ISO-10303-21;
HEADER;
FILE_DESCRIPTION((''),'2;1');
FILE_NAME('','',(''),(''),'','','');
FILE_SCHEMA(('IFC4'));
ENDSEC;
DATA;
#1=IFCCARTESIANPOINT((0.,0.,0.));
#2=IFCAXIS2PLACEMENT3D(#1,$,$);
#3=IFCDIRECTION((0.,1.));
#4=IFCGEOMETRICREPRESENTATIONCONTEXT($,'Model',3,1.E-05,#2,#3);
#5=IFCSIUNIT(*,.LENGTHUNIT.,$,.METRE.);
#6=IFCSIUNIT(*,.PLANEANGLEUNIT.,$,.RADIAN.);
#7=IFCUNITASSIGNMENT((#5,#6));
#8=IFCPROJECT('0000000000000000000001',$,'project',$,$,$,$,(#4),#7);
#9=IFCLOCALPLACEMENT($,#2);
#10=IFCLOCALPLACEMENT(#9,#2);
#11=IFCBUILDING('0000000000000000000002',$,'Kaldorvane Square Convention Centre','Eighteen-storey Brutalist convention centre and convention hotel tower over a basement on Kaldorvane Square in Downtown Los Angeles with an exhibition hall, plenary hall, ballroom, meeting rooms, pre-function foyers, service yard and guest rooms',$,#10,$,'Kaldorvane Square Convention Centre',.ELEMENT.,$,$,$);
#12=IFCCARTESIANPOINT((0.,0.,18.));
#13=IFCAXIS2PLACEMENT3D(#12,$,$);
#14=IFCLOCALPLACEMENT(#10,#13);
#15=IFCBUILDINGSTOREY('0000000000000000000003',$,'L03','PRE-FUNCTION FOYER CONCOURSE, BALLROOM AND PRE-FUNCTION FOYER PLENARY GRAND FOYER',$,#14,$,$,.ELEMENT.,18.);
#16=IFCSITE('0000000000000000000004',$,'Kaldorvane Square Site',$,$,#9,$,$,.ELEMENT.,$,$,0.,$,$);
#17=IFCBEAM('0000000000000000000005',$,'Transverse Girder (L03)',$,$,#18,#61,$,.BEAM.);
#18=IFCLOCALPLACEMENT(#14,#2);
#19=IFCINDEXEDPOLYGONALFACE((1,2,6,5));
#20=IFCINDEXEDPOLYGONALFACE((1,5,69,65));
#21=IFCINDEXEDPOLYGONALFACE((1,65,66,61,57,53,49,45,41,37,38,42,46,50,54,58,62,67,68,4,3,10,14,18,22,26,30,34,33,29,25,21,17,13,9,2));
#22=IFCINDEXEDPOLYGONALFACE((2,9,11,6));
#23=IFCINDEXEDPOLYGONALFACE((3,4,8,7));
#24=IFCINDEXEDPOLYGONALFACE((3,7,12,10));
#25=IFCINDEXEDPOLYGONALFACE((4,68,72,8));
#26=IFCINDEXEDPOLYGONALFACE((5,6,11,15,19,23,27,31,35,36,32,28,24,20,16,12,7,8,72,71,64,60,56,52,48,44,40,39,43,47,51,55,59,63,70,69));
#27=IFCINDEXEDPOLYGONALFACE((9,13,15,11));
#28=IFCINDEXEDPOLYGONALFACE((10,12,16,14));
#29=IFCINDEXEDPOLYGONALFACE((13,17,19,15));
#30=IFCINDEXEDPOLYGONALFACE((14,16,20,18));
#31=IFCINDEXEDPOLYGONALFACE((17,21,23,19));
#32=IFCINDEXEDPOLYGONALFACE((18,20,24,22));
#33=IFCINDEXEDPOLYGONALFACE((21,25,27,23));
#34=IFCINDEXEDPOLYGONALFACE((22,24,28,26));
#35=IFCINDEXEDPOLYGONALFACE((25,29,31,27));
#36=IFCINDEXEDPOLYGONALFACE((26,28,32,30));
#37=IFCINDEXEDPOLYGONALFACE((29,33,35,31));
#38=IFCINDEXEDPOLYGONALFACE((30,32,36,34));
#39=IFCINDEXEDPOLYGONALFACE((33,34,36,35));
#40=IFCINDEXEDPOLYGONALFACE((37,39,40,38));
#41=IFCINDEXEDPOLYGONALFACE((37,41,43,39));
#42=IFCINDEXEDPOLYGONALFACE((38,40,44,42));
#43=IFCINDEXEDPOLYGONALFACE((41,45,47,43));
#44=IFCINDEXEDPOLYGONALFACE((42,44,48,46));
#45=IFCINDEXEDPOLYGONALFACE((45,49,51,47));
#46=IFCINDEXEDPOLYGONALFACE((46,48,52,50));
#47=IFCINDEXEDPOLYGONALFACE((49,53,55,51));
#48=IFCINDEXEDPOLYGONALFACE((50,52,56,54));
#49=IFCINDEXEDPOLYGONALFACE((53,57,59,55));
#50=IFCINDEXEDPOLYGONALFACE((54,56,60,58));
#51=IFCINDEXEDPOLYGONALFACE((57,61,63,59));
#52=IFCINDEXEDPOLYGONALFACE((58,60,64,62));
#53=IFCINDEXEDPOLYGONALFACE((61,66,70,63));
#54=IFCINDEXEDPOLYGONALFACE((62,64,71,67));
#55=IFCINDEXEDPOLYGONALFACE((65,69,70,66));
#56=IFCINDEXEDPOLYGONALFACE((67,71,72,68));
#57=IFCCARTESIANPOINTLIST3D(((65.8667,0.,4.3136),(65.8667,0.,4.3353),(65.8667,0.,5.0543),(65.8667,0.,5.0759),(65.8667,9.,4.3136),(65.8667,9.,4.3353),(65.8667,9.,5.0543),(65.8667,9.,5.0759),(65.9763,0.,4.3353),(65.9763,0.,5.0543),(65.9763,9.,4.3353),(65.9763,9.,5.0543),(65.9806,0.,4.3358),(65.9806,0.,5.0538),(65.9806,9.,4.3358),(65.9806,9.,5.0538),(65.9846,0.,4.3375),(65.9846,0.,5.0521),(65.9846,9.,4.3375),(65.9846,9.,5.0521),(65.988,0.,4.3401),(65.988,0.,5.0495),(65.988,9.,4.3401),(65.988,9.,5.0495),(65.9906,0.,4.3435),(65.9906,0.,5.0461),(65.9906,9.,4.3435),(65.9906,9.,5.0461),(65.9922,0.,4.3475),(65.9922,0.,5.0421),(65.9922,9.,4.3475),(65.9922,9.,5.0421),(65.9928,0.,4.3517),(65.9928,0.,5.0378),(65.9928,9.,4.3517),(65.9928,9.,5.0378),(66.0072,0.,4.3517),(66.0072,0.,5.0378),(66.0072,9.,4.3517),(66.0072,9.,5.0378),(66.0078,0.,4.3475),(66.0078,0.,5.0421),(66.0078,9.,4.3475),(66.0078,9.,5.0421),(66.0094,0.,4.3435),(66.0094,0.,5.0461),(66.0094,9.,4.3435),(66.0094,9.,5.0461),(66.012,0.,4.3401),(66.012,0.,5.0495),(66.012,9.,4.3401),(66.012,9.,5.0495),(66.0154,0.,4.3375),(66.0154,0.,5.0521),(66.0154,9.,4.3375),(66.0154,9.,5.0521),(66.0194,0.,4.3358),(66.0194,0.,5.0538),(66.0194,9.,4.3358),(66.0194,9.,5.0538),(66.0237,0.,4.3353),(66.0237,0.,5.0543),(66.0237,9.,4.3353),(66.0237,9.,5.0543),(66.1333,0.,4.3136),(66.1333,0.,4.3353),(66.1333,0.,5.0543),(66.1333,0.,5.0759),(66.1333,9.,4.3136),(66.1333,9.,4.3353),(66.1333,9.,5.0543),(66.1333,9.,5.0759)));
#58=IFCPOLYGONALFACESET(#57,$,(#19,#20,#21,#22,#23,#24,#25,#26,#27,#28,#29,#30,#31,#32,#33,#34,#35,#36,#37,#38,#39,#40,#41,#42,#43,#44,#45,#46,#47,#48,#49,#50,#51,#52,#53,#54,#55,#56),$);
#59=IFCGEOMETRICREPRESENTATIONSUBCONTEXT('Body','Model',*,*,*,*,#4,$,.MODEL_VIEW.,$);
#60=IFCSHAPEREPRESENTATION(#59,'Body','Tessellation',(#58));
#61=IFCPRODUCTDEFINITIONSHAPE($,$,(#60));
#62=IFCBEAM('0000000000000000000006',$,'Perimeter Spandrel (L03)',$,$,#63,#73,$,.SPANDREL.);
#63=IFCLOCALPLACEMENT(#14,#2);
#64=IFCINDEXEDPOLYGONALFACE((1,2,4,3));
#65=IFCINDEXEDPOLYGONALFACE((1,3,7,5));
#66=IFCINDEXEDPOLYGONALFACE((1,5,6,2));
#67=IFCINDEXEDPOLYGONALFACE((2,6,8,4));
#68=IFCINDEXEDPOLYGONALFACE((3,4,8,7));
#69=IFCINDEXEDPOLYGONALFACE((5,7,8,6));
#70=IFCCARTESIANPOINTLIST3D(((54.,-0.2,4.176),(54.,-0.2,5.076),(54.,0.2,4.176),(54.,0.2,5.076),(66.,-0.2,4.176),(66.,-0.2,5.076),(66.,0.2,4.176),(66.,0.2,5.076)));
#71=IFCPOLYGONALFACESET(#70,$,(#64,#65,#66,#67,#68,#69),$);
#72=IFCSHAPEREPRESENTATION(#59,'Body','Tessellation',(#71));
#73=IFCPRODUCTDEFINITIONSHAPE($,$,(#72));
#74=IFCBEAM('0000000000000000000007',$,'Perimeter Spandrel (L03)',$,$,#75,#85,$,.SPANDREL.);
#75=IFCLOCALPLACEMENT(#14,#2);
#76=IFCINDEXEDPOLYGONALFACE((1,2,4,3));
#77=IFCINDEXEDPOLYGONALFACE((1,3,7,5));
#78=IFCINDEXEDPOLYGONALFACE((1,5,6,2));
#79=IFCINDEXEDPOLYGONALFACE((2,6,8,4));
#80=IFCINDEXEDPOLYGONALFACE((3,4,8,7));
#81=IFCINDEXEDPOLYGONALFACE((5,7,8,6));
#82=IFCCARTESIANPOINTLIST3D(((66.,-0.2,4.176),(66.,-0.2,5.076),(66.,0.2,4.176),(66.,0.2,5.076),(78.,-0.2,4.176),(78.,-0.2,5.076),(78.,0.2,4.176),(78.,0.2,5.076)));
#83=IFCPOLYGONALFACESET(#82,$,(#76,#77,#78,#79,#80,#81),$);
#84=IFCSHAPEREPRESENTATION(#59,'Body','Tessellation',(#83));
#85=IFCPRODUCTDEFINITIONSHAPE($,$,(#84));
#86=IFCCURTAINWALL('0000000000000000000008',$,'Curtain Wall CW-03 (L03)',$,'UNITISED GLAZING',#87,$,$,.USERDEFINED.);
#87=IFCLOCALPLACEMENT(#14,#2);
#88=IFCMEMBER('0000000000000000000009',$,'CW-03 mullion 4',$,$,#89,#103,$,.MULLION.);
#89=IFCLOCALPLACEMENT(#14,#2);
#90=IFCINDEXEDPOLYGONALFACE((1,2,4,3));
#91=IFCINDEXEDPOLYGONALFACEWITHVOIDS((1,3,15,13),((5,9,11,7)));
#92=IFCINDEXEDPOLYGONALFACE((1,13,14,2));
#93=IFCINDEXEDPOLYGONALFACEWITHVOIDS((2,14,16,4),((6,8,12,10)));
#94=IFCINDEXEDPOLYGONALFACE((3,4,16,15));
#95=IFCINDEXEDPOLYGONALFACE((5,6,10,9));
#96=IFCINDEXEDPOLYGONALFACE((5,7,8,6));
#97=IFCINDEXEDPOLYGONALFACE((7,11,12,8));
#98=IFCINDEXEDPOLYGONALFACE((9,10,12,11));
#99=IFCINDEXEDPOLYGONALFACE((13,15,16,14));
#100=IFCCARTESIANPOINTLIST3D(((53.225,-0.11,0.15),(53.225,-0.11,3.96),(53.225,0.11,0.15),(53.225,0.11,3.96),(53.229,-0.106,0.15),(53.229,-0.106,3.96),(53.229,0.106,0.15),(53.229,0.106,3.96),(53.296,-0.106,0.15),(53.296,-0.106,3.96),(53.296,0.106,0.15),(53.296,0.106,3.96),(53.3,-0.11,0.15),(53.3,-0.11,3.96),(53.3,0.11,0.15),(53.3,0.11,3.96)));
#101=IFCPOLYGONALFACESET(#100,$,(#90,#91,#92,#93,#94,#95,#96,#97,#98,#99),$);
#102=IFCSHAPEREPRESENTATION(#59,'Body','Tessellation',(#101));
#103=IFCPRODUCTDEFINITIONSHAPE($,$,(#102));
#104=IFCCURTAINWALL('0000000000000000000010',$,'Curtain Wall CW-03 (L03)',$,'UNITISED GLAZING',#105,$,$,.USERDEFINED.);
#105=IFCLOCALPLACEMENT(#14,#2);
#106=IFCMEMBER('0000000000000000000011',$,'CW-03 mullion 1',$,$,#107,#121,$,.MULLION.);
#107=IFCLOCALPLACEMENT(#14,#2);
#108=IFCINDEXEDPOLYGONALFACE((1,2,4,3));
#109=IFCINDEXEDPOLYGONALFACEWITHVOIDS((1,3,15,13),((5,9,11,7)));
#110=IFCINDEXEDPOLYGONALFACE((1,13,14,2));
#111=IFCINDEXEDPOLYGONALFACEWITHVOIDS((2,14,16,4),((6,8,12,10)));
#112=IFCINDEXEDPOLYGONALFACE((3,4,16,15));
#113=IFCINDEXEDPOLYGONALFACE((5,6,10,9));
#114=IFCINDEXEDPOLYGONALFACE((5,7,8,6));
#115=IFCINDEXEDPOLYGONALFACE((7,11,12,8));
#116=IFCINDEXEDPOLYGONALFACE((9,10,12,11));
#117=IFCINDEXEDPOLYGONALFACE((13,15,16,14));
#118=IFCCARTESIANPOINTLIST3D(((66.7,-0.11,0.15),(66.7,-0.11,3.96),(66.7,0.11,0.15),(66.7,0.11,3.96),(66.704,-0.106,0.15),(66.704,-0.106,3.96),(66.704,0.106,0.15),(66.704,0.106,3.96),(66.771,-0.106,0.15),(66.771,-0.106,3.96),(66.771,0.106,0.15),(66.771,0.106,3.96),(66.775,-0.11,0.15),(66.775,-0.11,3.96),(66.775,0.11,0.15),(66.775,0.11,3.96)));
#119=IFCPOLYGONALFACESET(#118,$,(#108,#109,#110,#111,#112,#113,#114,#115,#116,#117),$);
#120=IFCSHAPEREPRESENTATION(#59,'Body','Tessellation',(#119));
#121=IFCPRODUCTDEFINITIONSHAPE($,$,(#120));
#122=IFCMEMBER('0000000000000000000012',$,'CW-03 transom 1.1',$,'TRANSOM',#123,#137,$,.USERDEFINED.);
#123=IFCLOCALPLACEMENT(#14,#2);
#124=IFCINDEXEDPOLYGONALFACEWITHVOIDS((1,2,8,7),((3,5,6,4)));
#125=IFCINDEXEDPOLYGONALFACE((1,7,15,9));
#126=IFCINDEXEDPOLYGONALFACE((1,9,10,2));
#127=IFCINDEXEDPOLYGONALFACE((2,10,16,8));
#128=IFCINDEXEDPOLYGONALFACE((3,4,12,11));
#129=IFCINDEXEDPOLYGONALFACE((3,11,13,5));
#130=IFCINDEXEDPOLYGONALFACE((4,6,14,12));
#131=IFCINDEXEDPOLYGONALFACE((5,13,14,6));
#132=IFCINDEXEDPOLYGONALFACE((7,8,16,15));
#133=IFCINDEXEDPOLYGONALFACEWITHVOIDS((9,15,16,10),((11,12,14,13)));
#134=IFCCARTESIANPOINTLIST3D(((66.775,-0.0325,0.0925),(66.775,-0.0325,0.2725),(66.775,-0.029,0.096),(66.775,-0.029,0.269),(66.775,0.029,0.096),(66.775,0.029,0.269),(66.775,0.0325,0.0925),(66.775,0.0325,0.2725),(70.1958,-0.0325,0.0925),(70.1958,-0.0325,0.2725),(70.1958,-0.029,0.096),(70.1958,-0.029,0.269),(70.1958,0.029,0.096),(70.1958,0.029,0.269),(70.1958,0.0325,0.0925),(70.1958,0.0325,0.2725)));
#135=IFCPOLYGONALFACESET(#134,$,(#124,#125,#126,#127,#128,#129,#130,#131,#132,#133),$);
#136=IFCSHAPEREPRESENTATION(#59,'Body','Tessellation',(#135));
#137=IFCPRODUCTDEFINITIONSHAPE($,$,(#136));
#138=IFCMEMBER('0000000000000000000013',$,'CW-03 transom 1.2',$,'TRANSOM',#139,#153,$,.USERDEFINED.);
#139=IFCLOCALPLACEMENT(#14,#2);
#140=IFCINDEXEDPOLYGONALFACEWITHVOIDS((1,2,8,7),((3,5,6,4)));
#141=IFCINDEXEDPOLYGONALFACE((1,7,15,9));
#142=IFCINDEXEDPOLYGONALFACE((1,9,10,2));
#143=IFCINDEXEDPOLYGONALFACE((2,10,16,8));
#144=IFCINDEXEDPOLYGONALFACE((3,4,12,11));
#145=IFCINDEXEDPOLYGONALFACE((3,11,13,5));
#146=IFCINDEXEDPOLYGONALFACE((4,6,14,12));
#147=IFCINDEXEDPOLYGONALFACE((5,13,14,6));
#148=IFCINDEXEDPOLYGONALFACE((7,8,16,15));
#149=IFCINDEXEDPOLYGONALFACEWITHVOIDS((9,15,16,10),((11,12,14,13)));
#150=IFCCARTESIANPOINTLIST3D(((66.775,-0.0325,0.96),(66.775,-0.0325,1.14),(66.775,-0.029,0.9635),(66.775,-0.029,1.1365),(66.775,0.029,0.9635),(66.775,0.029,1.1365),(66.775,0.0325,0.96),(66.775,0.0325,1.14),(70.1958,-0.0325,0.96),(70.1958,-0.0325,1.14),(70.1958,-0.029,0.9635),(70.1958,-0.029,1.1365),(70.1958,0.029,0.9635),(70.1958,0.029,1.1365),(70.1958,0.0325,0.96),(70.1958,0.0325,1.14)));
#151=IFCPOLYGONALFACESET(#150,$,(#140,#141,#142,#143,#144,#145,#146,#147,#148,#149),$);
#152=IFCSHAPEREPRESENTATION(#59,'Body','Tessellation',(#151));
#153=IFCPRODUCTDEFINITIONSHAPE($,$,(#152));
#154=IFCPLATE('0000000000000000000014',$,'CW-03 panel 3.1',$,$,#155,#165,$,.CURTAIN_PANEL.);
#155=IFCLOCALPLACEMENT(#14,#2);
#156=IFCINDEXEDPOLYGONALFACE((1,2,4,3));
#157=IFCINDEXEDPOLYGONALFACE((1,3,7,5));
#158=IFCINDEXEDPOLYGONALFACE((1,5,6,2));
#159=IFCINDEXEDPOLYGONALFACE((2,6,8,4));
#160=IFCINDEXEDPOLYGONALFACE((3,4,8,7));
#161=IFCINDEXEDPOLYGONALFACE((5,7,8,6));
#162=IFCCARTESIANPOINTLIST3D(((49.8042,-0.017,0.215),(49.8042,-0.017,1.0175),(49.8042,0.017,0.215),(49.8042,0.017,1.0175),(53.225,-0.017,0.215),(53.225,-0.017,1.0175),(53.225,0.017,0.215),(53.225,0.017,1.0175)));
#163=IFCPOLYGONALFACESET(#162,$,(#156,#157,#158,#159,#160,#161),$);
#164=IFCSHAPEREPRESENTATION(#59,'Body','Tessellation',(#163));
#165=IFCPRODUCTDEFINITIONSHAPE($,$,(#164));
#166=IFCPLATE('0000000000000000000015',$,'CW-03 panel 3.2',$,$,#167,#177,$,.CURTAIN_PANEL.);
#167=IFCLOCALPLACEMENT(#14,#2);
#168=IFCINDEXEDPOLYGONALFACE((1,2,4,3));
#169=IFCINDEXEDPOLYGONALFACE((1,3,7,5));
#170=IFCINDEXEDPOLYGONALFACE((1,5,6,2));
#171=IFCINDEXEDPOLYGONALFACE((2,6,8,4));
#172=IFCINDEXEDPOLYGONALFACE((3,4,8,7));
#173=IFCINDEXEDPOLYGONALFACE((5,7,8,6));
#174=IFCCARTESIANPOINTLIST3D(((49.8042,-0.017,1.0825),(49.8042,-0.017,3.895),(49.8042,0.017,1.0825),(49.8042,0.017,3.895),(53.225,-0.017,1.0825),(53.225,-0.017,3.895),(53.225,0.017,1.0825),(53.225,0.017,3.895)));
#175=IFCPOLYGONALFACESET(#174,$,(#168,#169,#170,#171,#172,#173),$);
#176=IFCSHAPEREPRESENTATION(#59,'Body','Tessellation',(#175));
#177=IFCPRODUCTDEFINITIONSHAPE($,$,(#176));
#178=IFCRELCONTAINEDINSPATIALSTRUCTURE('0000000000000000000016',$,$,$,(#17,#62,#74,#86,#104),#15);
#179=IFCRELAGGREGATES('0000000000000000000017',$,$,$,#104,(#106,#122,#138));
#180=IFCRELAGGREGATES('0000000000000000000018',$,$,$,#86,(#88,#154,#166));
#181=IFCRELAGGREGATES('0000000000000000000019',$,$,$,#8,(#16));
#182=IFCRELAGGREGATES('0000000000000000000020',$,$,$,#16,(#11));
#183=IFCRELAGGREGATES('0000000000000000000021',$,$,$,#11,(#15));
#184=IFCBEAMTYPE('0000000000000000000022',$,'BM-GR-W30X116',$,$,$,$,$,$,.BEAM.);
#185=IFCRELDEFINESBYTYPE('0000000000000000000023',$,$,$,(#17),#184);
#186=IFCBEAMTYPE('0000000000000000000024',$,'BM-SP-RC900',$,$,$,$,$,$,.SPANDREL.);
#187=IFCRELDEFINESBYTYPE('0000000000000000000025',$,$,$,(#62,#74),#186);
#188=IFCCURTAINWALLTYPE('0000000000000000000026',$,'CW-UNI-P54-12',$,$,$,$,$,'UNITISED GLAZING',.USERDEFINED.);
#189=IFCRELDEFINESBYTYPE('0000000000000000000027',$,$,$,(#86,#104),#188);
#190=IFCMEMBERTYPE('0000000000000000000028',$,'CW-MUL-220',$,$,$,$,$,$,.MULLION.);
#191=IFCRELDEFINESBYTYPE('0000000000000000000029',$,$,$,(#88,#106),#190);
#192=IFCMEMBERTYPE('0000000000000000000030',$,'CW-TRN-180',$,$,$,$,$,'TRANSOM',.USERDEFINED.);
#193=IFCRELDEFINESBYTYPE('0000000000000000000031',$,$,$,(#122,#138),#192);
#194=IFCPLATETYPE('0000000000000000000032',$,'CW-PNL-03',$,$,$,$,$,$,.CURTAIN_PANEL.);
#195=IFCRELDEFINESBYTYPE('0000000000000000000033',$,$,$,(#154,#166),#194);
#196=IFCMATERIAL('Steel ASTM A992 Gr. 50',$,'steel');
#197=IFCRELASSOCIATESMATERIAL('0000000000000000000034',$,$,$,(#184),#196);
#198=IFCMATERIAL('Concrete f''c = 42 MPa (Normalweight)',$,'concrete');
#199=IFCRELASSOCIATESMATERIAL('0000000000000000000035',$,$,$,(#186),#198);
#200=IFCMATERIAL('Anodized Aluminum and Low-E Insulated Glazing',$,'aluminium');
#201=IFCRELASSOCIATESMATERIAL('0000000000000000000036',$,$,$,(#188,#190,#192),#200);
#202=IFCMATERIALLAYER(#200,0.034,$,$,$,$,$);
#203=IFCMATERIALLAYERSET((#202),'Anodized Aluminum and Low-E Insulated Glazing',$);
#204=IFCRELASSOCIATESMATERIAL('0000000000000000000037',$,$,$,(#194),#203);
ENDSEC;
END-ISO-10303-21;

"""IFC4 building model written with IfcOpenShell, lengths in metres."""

from ifc_helpers import new_model, si_unit, direction, frame, origin, origin_2d, place, context, subcontext, project, spatial, rectangle, hollow_rectangle, i_section, extrude, material, layer, layer_set, material_profile, profile_set, type_object, element, aggregate, save


model = new_model("IFC4")

# Units and contexts
model_context = context("Model", 3, precision=1e-05, world=origin(), true_north=direction((0.0, 1.0)))
body_context = subcontext(model_context, "Body", "Model", "MODEL_VIEW")
ifc_project = project(units=[si_unit("LENGTHUNIT", "METRE"), si_unit("PLANEANGLEUNIT", "RADIAN")], contexts=[model_context])

# Site, building, storey
site_placement = place(None, origin())
site = spatial("IfcSite", under=ifc_project, at=site_placement, Name="Kaldorvane Square Site", CompositionType="ELEMENT", RefElevation=0.0)
building_placement = place(site_placement, origin())
building = spatial("IfcBuilding", under=site, at=building_placement, Name="Kaldorvane Square Convention Centre", Description="Eighteen-storey Brutalist convention centre and convention hotel tower over a basement on Kaldorvane Square in Downtown Los Angeles with an exhibition hall, plenary hall, ballroom, meeting rooms, pre-function foyers, service yard and guest rooms", LongName="Kaldorvane Square Convention Centre", CompositionType="ELEMENT")
storey_placement = place(building_placement, frame((0.0, 0.0, 18.0)))
storey = spatial("IfcBuildingStorey", under=building, at=storey_placement, Name="L03", Description="PRE-FUNCTION FOYER CONCOURSE, BALLROOM AND PRE-FUNCTION FOYER PLENARY GRAND FOYER", CompositionType="ELEMENT", Elevation=18.0)

# Shared definitions
ifc_material_1 = material(Name="Steel ASTM A992 Gr. 50", Category="steel")

# Beams
ifc_material_profile_1 = material_profile(ifc_material_1, i_section(OverallWidth=0.2666, OverallDepth=0.7623, WebThickness=0.0144, FlangeThickness=0.0216, FilletRadius=0.0165, at=origin_2d()), Name="W30X116")
ifc_profile_set_1 = profile_set([ifc_material_profile_1], Name="Steel ASTM A992 Gr. 50")
beam_type_1 = type_object("IfcBeamType", Name="BM-GR-W30X116", PredefinedType="BEAM", material=ifc_profile_set_1)
for number, where, z_axis, x_axis, name in (
    (1, (66.0, 0.0, 4.6948), (0.0, 1.0, 0.0), (-1.0, 0.0, 0.0), "Transverse Girder (L03)"),
):
    element("IfcBeam", number, at=place(storey_placement, frame(where, z_axis=z_axis, x_axis=x_axis)), inside=storey, type_object=beam_type_1, Name=name, PredefinedType="BEAM", context=body_context, shape_type="SweptSolid", body=[
        extrude(i_section(OverallWidth=0.2666, OverallDepth=0.7623, WebThickness=0.0144, FlangeThickness=0.0216, FilletRadius=0.0165, at=origin_2d()), origin(), (0.0, 0.0, 1.0), 9.0),
    ])
ifc_material_2 = material(Name="Concrete f'c = 42 MPa (Normalweight)", Category="concrete")
ifc_material_profile_2 = material_profile(ifc_material_2, rectangle(XDim=0.4, YDim=0.9, at=origin_2d()), Name="RCSP900X400")
ifc_profile_set_2 = profile_set([ifc_material_profile_2], Name="Concrete f'c = 42 MPa (Normalweight)")
beam_type_2 = type_object("IfcBeamType", Name="BM-SP-RC900", PredefinedType="SPANDREL", material=ifc_profile_set_2)
for number, where, z_axis, x_axis, name in (
    (2, (54.0, 0.0, 4.626), (1.0, 0.0, 0.0), (0.0, 1.0, 0.0), "Perimeter Spandrel (L03)"),
    (3, (66.0, 0.0, 4.626), (1.0, 0.0, 0.0), (0.0, 1.0, 0.0), "Perimeter Spandrel (L03)"),
):
    element("IfcBeam", number, at=place(storey_placement, frame(where, z_axis=z_axis, x_axis=x_axis)), inside=storey, type_object=beam_type_2, Name=name, PredefinedType="SPANDREL", context=body_context, shape_type="SweptSolid", body=[
        extrude(rectangle(XDim=0.4, YDim=0.9, at=origin_2d()), origin(), (0.0, 0.0, 1.0), 12.0),
    ])

# Curtain wall, member
ifc_material_3 = material(Name="Anodized Aluminum and Low-E Insulated Glazing", Category="aluminium")
curtain_wall_type = type_object("IfcCurtainWallType", Name="CW-UNI-P54-12", ElementType="UNITISED GLAZING", PredefinedType="USERDEFINED", material=ifc_material_3)
curtain_wall_1_placement = place(storey_placement, origin())
curtain_wall_1 = element("IfcCurtainWall", 4, at=curtain_wall_1_placement, inside=storey, type_object=curtain_wall_type, Name="Curtain Wall CW-03 (L03)", ObjectType="UNITISED GLAZING", PredefinedType="USERDEFINED")
ifc_material_profile_3 = material_profile(ifc_material_3, hollow_rectangle(XDim=0.075, YDim=0.22, WallThickness=0.004, at=origin_2d()), Name="CWM-220X75")
ifc_profile_set_3 = profile_set([ifc_material_profile_3], Name="Anodized Aluminum and Low-E Insulated Glazing")
member_type_1 = type_object("IfcMemberType", Name="CW-MUL-220", PredefinedType="MULLION", material=ifc_profile_set_3)
member_1_placement = place(storey_placement, frame((53.2625, 0.0, 0.15), z_axis=(0.0, 0.0, 1.0), x_axis=(1.0, 0.0, 0.0)))
member_1 = element("IfcMember", 5, at=member_1_placement, type_object=member_type_1, Name="CW-03 mullion 4", PredefinedType="MULLION", context=body_context, shape_type="SweptSolid", body=[
    extrude(hollow_rectangle(XDim=0.075, YDim=0.22, WallThickness=0.004, at=origin_2d()), origin(), (0.0, 0.0, 1.0), 3.81),
])

# Curtain wall, members
curtain_wall_2_placement = place(storey_placement, origin())
curtain_wall_2 = element("IfcCurtainWall", 6, at=curtain_wall_2_placement, inside=storey, type_object=curtain_wall_type, Name="Curtain Wall CW-03 (L03)", ObjectType="UNITISED GLAZING", PredefinedType="USERDEFINED")
member_2_placement = place(storey_placement, frame((66.7375, 0.0, 0.15), z_axis=(0.0, 0.0, 1.0), x_axis=(1.0, 0.0, 0.0)))
member_2 = element("IfcMember", 7, at=member_2_placement, type_object=member_type_1, Name="CW-03 mullion 1", PredefinedType="MULLION", context=body_context, shape_type="SweptSolid", body=[
    extrude(hollow_rectangle(XDim=0.075, YDim=0.22, WallThickness=0.004, at=origin_2d()), origin(), (0.0, 0.0, 1.0), 3.81),
])
ifc_material_profile_4 = material_profile(ifc_material_3, hollow_rectangle(XDim=0.065, YDim=0.18, WallThickness=0.0035, at=origin_2d()), Name="CWT-180X65")
ifc_profile_set_4 = profile_set([ifc_material_profile_4], Name="Anodized Aluminum and Low-E Insulated Glazing")
member_type_2 = type_object("IfcMemberType", Name="CW-TRN-180", ElementType="TRANSOM", PredefinedType="USERDEFINED", material=ifc_profile_set_4)
member_3_placement = place(storey_placement, frame((66.775, 0.0, 0.1825), z_axis=(1.0, 0.0, 0.0), x_axis=(0.0, 1.0, 0.0)))
member_3 = element("IfcMember", 8, at=member_3_placement, type_object=member_type_2, Name="CW-03 transom 1.1", ObjectType="TRANSOM", PredefinedType="USERDEFINED", context=body_context, shape_type="SweptSolid", body=[
    extrude(hollow_rectangle(XDim=0.065, YDim=0.18, WallThickness=0.0035, at=origin_2d()), origin(), (0.0, 0.0, 1.0), 3.4208),
])
member_4_placement = place(storey_placement, frame((66.775, 0.0, 1.05), z_axis=(1.0, 0.0, 0.0), x_axis=(0.0, 1.0, 0.0)))
member_4 = element("IfcMember", 9, at=member_4_placement, type_object=member_type_2, Name="CW-03 transom 1.2", ObjectType="TRANSOM", PredefinedType="USERDEFINED", context=body_context, shape_type="SweptSolid", body=[
    extrude(hollow_rectangle(XDim=0.065, YDim=0.18, WallThickness=0.0035, at=origin_2d()), origin(), (0.0, 0.0, 1.0), 3.4208),
])
aggregate(curtain_wall_2, [member_2, member_3, member_4])

# Plates
ifc_layer_1 = layer(ifc_material_3, 0.034)
ifc_layer_set_1 = layer_set([ifc_layer_1], Name="Anodized Aluminum and Low-E Insulated Glazing")
plate_type = type_object("IfcPlateType", Name="CW-PNL-03", PredefinedType="CURTAIN_PANEL", material=ifc_layer_set_1)
plate_1_placement = place(storey_placement, frame((51.5146, 0.0, 0.215), z_axis=(0.0, 0.0, 1.0), x_axis=(1.0, 0.0, 0.0)))
plate_1 = element("IfcPlate", 10, at=plate_1_placement, type_object=plate_type, Name="CW-03 panel 3.1", PredefinedType="CURTAIN_PANEL", context=body_context, shape_type="SweptSolid", body=[
    extrude(rectangle(XDim=3.4208, YDim=0.034, at=origin_2d()), origin(), (0.0, 0.0, 1.0), 0.8025),
])
plate_2_placement = place(storey_placement, frame((51.5146, 0.0, 1.0825), z_axis=(0.0, 0.0, 1.0), x_axis=(1.0, 0.0, 0.0)))
plate_2 = element("IfcPlate", 11, at=plate_2_placement, type_object=plate_type, Name="CW-03 panel 3.2", PredefinedType="CURTAIN_PANEL", context=body_context, shape_type="SweptSolid", body=[
    extrude(rectangle(XDim=3.4208, YDim=0.034, at=origin_2d()), origin(), (0.0, 0.0, 1.0), 2.8125),
])
aggregate(curtain_wall_1, [member_1, plate_1, plate_2])

save(model, "model.ifc")
